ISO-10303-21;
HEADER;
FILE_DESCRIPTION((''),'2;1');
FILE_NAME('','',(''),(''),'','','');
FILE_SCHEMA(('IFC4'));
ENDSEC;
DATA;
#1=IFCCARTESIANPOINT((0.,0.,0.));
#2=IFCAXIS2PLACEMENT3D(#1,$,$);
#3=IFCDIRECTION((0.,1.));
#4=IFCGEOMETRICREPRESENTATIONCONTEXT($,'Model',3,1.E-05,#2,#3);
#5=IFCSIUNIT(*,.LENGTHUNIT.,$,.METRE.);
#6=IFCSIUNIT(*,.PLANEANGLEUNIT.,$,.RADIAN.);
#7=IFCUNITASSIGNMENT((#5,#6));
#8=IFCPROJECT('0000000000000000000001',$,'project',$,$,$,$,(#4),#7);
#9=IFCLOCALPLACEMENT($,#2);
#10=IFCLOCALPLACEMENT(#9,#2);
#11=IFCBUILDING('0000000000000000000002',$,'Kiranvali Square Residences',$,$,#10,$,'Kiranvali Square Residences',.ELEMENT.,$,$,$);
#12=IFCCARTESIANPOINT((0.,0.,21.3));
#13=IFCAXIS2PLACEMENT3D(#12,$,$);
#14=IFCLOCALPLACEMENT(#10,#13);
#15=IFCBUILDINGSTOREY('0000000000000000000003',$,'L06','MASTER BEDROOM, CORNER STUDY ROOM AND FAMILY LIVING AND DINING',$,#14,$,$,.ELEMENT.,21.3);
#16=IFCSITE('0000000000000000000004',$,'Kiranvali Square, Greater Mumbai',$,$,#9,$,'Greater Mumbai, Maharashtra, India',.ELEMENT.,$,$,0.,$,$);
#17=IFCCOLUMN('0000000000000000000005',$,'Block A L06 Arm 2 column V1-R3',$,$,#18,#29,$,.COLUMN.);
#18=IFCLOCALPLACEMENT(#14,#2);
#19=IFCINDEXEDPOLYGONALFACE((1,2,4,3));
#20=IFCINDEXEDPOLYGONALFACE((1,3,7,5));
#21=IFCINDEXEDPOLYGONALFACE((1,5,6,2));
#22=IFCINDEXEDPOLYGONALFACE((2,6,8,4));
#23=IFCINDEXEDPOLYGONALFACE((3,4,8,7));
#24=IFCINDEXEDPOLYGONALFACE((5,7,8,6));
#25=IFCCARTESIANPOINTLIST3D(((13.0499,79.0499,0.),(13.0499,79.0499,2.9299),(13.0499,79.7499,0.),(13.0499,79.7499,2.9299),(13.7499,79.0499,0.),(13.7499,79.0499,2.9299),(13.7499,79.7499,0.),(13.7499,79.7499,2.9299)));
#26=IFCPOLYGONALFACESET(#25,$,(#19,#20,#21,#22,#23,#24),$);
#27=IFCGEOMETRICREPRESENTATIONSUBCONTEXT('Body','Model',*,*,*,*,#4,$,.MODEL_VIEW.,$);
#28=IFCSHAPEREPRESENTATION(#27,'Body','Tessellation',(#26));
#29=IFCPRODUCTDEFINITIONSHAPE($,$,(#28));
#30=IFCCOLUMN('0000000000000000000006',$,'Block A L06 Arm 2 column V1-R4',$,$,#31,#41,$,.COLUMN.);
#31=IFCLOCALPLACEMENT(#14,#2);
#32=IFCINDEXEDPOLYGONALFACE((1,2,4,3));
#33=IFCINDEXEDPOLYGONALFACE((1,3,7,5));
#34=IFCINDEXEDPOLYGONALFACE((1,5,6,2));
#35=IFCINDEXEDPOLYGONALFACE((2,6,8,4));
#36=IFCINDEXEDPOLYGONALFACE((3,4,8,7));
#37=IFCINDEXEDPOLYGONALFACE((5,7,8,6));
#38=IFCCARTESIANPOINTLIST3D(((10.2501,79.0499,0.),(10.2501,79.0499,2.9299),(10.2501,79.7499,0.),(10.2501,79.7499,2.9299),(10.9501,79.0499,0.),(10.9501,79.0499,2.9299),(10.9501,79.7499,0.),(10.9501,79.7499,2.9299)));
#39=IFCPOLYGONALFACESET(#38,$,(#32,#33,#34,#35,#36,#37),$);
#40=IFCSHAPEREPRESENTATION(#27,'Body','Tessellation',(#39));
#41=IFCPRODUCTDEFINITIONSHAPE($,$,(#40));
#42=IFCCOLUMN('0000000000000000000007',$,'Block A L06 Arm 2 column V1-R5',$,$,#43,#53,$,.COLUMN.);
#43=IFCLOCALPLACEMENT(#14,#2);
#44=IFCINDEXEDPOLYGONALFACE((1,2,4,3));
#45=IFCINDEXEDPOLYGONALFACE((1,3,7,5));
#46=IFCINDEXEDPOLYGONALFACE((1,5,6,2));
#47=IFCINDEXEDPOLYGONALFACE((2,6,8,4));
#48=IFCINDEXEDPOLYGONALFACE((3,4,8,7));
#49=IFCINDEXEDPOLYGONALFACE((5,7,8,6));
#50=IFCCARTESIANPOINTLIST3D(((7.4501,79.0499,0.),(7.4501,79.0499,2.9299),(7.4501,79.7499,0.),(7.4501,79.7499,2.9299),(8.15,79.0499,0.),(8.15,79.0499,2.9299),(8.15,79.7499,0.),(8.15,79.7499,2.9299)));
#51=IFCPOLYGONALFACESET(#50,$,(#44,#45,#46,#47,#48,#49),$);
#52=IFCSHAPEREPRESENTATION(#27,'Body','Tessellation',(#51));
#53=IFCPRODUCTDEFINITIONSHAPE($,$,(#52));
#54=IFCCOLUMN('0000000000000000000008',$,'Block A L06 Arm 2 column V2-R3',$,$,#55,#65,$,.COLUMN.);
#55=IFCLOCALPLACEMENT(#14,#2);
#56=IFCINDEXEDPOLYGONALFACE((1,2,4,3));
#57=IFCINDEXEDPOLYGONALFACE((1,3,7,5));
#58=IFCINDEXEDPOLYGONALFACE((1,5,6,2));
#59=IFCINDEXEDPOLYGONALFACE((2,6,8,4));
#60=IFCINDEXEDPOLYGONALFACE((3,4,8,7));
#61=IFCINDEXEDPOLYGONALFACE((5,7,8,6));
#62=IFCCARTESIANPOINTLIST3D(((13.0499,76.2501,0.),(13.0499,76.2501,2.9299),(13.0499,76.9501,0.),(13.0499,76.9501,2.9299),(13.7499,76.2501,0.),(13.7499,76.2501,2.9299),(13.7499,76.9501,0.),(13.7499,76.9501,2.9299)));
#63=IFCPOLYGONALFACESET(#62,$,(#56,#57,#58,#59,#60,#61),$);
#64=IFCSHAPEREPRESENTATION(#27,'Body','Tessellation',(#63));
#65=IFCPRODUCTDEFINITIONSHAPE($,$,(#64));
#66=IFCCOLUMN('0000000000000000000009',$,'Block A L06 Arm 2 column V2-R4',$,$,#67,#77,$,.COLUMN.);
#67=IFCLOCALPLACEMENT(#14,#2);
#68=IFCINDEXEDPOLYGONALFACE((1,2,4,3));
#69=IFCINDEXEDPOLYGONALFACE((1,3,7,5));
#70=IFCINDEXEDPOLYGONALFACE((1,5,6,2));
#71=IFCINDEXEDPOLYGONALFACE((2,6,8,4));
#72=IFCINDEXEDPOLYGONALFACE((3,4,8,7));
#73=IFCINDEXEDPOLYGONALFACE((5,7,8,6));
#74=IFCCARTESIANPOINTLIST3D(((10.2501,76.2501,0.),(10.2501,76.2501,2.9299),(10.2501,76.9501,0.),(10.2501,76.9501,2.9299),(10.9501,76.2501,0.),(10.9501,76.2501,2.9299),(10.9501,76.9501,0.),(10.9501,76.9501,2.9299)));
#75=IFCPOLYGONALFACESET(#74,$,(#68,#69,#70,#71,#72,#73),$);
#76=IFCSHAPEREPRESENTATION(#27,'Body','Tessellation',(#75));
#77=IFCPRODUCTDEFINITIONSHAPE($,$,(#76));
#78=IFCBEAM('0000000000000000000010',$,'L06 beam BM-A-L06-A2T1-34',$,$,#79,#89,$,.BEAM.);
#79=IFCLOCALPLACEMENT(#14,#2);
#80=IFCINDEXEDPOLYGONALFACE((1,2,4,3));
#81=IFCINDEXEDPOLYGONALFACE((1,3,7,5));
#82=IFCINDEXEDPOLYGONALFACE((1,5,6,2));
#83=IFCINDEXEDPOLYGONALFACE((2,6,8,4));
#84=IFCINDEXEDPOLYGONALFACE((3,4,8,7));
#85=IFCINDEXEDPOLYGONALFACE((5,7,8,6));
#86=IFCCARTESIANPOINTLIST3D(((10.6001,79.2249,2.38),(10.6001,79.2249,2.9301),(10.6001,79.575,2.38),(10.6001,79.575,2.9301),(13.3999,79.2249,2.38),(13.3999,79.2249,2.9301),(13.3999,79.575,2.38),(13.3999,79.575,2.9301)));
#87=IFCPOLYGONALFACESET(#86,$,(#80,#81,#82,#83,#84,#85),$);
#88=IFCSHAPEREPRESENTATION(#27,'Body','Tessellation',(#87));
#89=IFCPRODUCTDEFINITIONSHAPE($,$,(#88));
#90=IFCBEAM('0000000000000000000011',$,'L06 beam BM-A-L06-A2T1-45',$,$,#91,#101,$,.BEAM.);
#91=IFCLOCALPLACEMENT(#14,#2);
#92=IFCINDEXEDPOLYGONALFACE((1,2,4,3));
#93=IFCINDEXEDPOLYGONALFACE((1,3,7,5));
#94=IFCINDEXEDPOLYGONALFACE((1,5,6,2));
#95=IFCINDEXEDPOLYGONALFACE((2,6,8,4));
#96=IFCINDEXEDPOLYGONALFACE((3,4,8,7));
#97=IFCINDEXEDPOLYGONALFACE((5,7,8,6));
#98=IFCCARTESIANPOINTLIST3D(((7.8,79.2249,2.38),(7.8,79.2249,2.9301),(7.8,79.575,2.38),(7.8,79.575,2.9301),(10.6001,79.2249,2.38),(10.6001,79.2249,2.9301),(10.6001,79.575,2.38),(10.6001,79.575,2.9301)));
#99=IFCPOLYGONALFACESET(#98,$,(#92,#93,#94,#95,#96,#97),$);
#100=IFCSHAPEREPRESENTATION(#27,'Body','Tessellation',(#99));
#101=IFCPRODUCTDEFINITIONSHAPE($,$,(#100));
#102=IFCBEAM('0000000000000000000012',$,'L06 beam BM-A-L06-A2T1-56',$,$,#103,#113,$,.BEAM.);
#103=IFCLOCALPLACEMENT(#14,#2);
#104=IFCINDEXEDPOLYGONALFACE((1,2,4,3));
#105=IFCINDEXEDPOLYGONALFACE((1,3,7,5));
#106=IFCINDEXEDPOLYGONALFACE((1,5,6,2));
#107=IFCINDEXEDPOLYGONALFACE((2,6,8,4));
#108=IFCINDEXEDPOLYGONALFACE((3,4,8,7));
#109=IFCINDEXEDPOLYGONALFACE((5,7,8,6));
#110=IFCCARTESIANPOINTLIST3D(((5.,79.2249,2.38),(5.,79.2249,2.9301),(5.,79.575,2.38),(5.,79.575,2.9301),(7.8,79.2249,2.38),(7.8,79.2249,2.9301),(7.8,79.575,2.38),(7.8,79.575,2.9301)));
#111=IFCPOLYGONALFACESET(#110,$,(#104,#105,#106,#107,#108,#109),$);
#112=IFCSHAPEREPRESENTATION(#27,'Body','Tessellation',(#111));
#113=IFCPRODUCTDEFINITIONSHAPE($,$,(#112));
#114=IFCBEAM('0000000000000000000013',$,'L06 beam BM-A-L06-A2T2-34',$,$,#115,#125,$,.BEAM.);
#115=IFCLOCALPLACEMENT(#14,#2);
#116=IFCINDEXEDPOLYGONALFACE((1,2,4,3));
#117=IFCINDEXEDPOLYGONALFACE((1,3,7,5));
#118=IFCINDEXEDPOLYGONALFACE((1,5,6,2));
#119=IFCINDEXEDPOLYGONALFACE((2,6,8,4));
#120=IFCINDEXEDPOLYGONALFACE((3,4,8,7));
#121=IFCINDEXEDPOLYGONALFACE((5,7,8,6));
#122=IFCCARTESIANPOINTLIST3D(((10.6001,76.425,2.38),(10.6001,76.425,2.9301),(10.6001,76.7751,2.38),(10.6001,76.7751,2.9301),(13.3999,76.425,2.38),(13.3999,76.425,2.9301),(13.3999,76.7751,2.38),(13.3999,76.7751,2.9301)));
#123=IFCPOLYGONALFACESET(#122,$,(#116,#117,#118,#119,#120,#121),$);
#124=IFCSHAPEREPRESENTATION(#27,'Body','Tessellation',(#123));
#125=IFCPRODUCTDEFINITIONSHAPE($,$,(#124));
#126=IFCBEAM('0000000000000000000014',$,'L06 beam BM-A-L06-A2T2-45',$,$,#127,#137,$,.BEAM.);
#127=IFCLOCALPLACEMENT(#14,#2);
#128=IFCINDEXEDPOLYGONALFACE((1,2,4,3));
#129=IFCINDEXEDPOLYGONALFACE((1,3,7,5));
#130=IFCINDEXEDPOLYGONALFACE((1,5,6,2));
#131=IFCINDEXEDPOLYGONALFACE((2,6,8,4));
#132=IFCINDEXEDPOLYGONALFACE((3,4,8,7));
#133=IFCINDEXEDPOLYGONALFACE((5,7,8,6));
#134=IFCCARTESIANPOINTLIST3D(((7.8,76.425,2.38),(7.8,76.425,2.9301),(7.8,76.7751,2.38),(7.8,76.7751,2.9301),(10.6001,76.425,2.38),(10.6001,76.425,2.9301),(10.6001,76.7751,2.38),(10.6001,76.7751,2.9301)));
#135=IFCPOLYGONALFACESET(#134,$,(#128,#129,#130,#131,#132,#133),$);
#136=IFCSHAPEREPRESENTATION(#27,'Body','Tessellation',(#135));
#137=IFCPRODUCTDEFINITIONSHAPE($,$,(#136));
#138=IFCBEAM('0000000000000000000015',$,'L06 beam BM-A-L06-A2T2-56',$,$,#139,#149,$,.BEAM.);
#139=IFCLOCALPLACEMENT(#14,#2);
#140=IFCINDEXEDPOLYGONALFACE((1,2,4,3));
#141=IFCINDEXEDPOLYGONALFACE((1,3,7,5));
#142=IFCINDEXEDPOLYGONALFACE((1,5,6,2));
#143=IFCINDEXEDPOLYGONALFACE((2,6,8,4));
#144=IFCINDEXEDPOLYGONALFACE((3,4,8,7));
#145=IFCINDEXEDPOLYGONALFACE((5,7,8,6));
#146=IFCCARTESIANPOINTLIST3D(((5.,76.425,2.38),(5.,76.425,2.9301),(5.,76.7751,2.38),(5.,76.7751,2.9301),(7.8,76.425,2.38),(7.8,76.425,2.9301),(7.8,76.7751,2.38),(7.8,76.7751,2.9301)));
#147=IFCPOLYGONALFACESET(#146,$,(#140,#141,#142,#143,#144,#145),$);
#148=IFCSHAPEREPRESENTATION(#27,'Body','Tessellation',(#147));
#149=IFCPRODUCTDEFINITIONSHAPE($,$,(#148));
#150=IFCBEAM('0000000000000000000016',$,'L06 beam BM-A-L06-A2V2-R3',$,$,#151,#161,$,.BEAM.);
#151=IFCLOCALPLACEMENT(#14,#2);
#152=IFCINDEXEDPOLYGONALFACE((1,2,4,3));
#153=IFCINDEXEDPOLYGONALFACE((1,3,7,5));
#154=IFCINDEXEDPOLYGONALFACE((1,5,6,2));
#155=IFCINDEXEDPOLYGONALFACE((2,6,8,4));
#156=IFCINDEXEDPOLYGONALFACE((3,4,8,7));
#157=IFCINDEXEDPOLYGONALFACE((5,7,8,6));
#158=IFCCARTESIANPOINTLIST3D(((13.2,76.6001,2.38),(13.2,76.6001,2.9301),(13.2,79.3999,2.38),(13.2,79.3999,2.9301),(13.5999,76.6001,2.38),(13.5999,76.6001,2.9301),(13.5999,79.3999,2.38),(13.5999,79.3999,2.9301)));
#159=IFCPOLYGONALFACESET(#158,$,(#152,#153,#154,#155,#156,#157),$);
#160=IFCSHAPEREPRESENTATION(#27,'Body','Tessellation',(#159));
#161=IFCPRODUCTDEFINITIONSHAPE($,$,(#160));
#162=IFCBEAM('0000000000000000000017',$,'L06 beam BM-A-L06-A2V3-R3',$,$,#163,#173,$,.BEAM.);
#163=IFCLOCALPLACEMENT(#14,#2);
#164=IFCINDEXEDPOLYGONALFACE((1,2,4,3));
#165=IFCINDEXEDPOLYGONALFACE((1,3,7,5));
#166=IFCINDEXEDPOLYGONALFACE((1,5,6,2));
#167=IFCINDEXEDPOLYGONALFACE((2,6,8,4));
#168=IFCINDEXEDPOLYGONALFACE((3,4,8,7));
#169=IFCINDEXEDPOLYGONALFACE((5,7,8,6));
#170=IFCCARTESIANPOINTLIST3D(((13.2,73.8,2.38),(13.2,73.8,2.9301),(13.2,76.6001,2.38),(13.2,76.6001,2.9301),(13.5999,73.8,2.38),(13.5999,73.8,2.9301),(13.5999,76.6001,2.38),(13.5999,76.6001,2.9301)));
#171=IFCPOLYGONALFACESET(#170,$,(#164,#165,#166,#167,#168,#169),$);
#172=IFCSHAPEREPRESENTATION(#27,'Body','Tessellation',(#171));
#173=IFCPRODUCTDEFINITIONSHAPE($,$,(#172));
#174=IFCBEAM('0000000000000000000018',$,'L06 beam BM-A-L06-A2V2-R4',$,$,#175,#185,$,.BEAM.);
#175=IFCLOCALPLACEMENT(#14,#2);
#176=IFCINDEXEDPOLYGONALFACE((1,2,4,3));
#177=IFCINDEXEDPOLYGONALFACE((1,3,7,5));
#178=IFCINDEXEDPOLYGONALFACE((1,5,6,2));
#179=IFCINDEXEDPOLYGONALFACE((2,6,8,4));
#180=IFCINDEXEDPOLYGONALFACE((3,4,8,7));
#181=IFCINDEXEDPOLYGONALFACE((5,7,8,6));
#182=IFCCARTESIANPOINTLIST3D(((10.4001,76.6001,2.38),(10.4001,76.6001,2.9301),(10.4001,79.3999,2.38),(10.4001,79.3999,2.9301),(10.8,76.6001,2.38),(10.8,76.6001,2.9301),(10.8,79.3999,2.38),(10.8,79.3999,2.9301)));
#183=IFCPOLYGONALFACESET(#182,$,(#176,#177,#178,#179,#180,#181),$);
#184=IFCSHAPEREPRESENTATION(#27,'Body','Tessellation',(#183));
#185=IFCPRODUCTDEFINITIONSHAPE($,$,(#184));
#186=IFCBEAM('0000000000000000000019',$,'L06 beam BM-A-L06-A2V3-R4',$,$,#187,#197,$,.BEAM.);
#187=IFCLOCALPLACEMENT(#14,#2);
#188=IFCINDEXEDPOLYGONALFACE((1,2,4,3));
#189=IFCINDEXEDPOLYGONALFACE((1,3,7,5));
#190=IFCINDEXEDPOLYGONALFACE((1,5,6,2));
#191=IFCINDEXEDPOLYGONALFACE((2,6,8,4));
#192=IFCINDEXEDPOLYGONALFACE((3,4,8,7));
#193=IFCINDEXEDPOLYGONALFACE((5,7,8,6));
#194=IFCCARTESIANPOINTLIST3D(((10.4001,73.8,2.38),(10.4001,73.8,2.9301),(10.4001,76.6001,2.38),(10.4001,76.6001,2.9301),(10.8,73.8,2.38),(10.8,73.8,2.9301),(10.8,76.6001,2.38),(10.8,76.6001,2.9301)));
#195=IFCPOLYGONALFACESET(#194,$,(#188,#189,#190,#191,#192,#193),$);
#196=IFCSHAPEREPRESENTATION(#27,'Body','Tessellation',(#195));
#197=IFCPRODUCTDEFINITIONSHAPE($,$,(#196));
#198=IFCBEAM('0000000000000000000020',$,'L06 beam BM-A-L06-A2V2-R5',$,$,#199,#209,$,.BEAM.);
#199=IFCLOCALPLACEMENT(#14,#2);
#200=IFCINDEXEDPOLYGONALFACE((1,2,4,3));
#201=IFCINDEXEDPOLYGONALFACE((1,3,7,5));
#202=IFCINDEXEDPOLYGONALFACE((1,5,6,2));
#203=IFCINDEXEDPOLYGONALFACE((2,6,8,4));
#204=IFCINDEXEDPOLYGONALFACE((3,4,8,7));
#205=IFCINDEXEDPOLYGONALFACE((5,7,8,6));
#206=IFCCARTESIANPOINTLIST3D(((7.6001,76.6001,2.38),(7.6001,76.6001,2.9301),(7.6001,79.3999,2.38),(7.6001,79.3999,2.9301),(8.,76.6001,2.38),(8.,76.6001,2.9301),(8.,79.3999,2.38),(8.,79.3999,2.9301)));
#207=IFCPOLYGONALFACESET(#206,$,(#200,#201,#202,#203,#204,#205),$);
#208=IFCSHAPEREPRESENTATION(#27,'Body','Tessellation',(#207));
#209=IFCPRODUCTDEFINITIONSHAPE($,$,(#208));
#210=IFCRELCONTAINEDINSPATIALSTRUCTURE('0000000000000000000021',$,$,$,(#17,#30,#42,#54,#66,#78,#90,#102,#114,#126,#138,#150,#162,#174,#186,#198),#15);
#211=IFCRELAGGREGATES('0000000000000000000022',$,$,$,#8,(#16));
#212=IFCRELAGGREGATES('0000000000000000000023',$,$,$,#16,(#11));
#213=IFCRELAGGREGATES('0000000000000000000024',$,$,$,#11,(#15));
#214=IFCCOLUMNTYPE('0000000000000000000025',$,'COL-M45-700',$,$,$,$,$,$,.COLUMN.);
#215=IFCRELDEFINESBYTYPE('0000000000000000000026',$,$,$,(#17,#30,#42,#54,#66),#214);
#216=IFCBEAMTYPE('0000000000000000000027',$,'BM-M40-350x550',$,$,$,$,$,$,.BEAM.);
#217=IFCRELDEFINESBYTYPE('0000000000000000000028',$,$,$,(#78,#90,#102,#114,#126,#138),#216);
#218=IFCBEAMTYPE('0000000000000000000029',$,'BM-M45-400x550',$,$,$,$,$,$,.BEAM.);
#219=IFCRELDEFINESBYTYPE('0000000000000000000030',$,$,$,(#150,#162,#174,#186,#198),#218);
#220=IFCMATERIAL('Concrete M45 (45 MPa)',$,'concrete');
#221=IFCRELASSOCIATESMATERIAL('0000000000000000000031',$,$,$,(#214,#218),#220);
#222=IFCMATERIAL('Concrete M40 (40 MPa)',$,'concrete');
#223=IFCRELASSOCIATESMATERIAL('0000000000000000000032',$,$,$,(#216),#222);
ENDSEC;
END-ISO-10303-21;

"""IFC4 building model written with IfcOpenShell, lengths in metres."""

from ifc_helpers import new_model, si_unit, direction, frame, origin, origin_2d, place, context, subcontext, project, spatial, rectangle, extrude, material, material_profile, profile_set, type_object, element, save


model = new_model("IFC4")

# Units and contexts
model_context = context("Model", 3, precision=1e-05, world=origin(), true_north=direction((0.0, 1.0)))
body_context = subcontext(model_context, "Body", "Model", "MODEL_VIEW")
ifc_project = project(units=[si_unit("LENGTHUNIT", "METRE"), si_unit("PLANEANGLEUNIT", "RADIAN")], contexts=[model_context])

# Site, building, storey
site_placement = place(None, origin())
site = spatial("IfcSite", under=ifc_project, at=site_placement, Name="Kiranvali Square, Greater Mumbai", LongName="Greater Mumbai, Maharashtra, India", CompositionType="ELEMENT", RefElevation=0.0)
building_placement = place(site_placement, origin())
building = spatial("IfcBuilding", under=site, at=building_placement, Name="Kiranvali Square Residences", LongName="Kiranvali Square Residences", CompositionType="ELEMENT")
storey_placement = place(building_placement, frame((0.0, 0.0, 21.3)))
storey = spatial("IfcBuildingStorey", under=building, at=storey_placement, Name="L06", Description="MASTER BEDROOM, CORNER STUDY ROOM AND FAMILY LIVING AND DINING", CompositionType="ELEMENT", Elevation=21.3)

# Columns
ifc_material_1 = material(Name="Concrete M45 (45 MPa)", Category="concrete")
ifc_material_profile_1 = material_profile(ifc_material_1, rectangle(XDim=0.7, YDim=0.7, at=origin_2d()), Name="RC 700x700")
ifc_profile_set_1 = profile_set([ifc_material_profile_1], Name="Concrete M45 (45 MPa)")
column_type = type_object("IfcColumnType", Name="COL-M45-700", PredefinedType="COLUMN", material=ifc_profile_set_1)
for number, where, z_axis, x_axis, name in (
    (1, (13.3999, 79.3999, 0.0), (0.0, 0.0, 1.0), (1.0, 0.0, 0.0), "Block A L06 Arm 2 column V1-R3"),
    (2, (10.6001, 79.3999, 0.0), (0.0, 0.0, 1.0), (1.0, 0.0, 0.0), "Block A L06 Arm 2 column V1-R4"),
    (3, (7.8, 79.3999, 0.0), (0.0, 0.0, 1.0), (1.0, 0.0, 0.0), "Block A L06 Arm 2 column V1-R5"),
    (4, (13.3999, 76.6001, 0.0), (0.0, 0.0, 1.0), (1.0, 0.0, 0.0), "Block A L06 Arm 2 column V2-R3"),
    (5, (10.6001, 76.6001, 0.0), (0.0, 0.0, 1.0), (1.0, 0.0, 0.0), "Block A L06 Arm 2 column V2-R4"),
):
    element("IfcColumn", number, at=place(storey_placement, frame(where, z_axis=z_axis, x_axis=x_axis)), inside=storey, type_object=column_type, Name=name, PredefinedType="COLUMN", context=body_context, shape_type="SweptSolid", body=[
        extrude(rectangle(XDim=0.7, YDim=0.7, at=origin_2d()), origin(), (0.0, 0.0, 1.0), 2.9299),
    ])

# Beams
ifc_material_2 = material(Name="Concrete M40 (40 MPa)", Category="concrete")
ifc_material_profile_2 = material_profile(ifc_material_2, rectangle(XDim=0.3501, YDim=0.55, at=origin_2d()), Name="RC 350x550")
ifc_profile_set_2 = profile_set([ifc_material_profile_2], Name="Concrete M40 (40 MPa)")
beam_type_1 = type_object("IfcBeamType", Name="BM-M40-350x550", PredefinedType="BEAM", material=ifc_profile_set_2)
beam_1_placement = place(storey_placement, frame((13.3999, 79.3999, 2.655), z_axis=(-1.0, 0.0, 0.0), x_axis=(0.0, -1.0, 0.0)))
element("IfcBeam", 6, at=beam_1_placement, inside=storey, type_object=beam_type_1, Name="L06 beam BM-A-L06-A2T1-34", PredefinedType="BEAM", context=body_context, shape_type="SweptSolid", body=[
    extrude(rectangle(XDim=0.3501, YDim=0.55, at=origin_2d()), origin(), (0.0, 0.0, 1.0), 2.7998),
])
for number, where, z_axis, x_axis, name in (
    (7, (10.6001, 79.3999, 2.655), (-1.0, 0.0, 0.0), (0.0, -1.0, 0.0), "L06 beam BM-A-L06-A2T1-45"),
    (8, (7.8, 79.3999, 2.655), (-1.0, 0.0, 0.0), (0.0, -1.0, 0.0), "L06 beam BM-A-L06-A2T1-56"),
):
    element("IfcBeam", number, at=place(storey_placement, frame(where, z_axis=z_axis, x_axis=x_axis)), inside=storey, type_object=beam_type_1, Name=name, PredefinedType="BEAM", context=body_context, shape_type="SweptSolid", body=[
        extrude(rectangle(XDim=0.3501, YDim=0.55, at=origin_2d()), origin(), (0.0, 0.0, 1.0), 2.8),
    ])
beam_2_placement = place(storey_placement, frame((13.3999, 76.6001, 2.655), z_axis=(-1.0, 0.0, 0.0), x_axis=(0.0, -1.0, 0.0)))
element("IfcBeam", 9, at=beam_2_placement, inside=storey, type_object=beam_type_1, Name="L06 beam BM-A-L06-A2T2-34", PredefinedType="BEAM", context=body_context, shape_type="SweptSolid", body=[
    extrude(rectangle(XDim=0.3501, YDim=0.55, at=origin_2d()), origin(), (0.0, 0.0, 1.0), 2.7998),
])
for number, where, z_axis, x_axis, name in (
    (10, (10.6001, 76.6001, 2.655), (-1.0, 0.0, 0.0), (0.0, -1.0, 0.0), "L06 beam BM-A-L06-A2T2-45"),
    (11, (7.8, 76.6001, 2.655), (-1.0, 0.0, 0.0), (0.0, -1.0, 0.0), "L06 beam BM-A-L06-A2T2-56"),
):
    element("IfcBeam", number, at=place(storey_placement, frame(where, z_axis=z_axis, x_axis=x_axis)), inside=storey, type_object=beam_type_1, Name=name, PredefinedType="BEAM", context=body_context, shape_type="SweptSolid", body=[
        extrude(rectangle(XDim=0.3501, YDim=0.55, at=origin_2d()), origin(), (0.0, 0.0, 1.0), 2.8),
    ])
ifc_material_profile_3 = material_profile(ifc_material_1, rectangle(XDim=0.3999, YDim=0.55, at=origin_2d()), Name="RC 400x550")
ifc_profile_set_3 = profile_set([ifc_material_profile_3], Name="Concrete M45 (45 MPa)")
beam_type_2 = type_object("IfcBeamType", Name="BM-M45-400x550", PredefinedType="BEAM", material=ifc_profile_set_3)
beam_3_placement = place(storey_placement, frame((13.3999, 79.3999, 2.655), z_axis=(0.0, -1.0, 0.0), x_axis=(1.0, 0.0, 0.0)))
element("IfcBeam", 12, at=beam_3_placement, inside=storey, type_object=beam_type_2, Name="L06 beam BM-A-L06-A2V2-R3", PredefinedType="BEAM", context=body_context, shape_type="SweptSolid", body=[
    extrude(rectangle(XDim=0.3999, YDim=0.55, at=origin_2d()), origin(), (0.0, 0.0, 1.0), 2.7998),
])
beam_4_placement = place(storey_placement, frame((13.3999, 76.6001, 2.655), z_axis=(0.0, -1.0, 0.0), x_axis=(1.0, 0.0, 0.0)))
element("IfcBeam", 13, at=beam_4_placement, inside=storey, type_object=beam_type_2, Name="L06 beam BM-A-L06-A2V3-R3", PredefinedType="BEAM", context=body_context, shape_type="SweptSolid", body=[
    extrude(rectangle(XDim=0.3999, YDim=0.55, at=origin_2d()), origin(), (0.0, 0.0, 1.0), 2.8),
])
beam_5_placement = place(storey_placement, frame((10.6001, 79.3999, 2.655), z_axis=(0.0, -1.0, 0.0), x_axis=(1.0, 0.0, 0.0)))
element("IfcBeam", 14, at=beam_5_placement, inside=storey, type_object=beam_type_2, Name="L06 beam BM-A-L06-A2V2-R4", PredefinedType="BEAM", context=body_context, shape_type="SweptSolid", body=[
    extrude(rectangle(XDim=0.3999, YDim=0.55, at=origin_2d()), origin(), (0.0, 0.0, 1.0), 2.7998),
])
beam_6_placement = place(storey_placement, frame((10.6001, 76.6001, 2.655), z_axis=(0.0, -1.0, 0.0), x_axis=(1.0, 0.0, 0.0)))
element("IfcBeam", 15, at=beam_6_placement, inside=storey, type_object=beam_type_2, Name="L06 beam BM-A-L06-A2V3-R4", PredefinedType="BEAM", context=body_context, shape_type="SweptSolid", body=[
    extrude(rectangle(XDim=0.3999, YDim=0.55, at=origin_2d()), origin(), (0.0, 0.0, 1.0), 2.8),
])
beam_7_placement = place(storey_placement, frame((7.8, 79.3999, 2.655), z_axis=(0.0, -1.0, 0.0), x_axis=(1.0, 0.0, 0.0)))
element("IfcBeam", 16, at=beam_7_placement, inside=storey, type_object=beam_type_2, Name="L06 beam BM-A-L06-A2V2-R5", PredefinedType="BEAM", context=body_context, shape_type="SweptSolid", body=[
    extrude(rectangle(XDim=0.3999, YDim=0.55, at=origin_2d()), origin(), (0.0, 0.0, 1.0), 2.7998),
])

save(model, "model.ifc")
